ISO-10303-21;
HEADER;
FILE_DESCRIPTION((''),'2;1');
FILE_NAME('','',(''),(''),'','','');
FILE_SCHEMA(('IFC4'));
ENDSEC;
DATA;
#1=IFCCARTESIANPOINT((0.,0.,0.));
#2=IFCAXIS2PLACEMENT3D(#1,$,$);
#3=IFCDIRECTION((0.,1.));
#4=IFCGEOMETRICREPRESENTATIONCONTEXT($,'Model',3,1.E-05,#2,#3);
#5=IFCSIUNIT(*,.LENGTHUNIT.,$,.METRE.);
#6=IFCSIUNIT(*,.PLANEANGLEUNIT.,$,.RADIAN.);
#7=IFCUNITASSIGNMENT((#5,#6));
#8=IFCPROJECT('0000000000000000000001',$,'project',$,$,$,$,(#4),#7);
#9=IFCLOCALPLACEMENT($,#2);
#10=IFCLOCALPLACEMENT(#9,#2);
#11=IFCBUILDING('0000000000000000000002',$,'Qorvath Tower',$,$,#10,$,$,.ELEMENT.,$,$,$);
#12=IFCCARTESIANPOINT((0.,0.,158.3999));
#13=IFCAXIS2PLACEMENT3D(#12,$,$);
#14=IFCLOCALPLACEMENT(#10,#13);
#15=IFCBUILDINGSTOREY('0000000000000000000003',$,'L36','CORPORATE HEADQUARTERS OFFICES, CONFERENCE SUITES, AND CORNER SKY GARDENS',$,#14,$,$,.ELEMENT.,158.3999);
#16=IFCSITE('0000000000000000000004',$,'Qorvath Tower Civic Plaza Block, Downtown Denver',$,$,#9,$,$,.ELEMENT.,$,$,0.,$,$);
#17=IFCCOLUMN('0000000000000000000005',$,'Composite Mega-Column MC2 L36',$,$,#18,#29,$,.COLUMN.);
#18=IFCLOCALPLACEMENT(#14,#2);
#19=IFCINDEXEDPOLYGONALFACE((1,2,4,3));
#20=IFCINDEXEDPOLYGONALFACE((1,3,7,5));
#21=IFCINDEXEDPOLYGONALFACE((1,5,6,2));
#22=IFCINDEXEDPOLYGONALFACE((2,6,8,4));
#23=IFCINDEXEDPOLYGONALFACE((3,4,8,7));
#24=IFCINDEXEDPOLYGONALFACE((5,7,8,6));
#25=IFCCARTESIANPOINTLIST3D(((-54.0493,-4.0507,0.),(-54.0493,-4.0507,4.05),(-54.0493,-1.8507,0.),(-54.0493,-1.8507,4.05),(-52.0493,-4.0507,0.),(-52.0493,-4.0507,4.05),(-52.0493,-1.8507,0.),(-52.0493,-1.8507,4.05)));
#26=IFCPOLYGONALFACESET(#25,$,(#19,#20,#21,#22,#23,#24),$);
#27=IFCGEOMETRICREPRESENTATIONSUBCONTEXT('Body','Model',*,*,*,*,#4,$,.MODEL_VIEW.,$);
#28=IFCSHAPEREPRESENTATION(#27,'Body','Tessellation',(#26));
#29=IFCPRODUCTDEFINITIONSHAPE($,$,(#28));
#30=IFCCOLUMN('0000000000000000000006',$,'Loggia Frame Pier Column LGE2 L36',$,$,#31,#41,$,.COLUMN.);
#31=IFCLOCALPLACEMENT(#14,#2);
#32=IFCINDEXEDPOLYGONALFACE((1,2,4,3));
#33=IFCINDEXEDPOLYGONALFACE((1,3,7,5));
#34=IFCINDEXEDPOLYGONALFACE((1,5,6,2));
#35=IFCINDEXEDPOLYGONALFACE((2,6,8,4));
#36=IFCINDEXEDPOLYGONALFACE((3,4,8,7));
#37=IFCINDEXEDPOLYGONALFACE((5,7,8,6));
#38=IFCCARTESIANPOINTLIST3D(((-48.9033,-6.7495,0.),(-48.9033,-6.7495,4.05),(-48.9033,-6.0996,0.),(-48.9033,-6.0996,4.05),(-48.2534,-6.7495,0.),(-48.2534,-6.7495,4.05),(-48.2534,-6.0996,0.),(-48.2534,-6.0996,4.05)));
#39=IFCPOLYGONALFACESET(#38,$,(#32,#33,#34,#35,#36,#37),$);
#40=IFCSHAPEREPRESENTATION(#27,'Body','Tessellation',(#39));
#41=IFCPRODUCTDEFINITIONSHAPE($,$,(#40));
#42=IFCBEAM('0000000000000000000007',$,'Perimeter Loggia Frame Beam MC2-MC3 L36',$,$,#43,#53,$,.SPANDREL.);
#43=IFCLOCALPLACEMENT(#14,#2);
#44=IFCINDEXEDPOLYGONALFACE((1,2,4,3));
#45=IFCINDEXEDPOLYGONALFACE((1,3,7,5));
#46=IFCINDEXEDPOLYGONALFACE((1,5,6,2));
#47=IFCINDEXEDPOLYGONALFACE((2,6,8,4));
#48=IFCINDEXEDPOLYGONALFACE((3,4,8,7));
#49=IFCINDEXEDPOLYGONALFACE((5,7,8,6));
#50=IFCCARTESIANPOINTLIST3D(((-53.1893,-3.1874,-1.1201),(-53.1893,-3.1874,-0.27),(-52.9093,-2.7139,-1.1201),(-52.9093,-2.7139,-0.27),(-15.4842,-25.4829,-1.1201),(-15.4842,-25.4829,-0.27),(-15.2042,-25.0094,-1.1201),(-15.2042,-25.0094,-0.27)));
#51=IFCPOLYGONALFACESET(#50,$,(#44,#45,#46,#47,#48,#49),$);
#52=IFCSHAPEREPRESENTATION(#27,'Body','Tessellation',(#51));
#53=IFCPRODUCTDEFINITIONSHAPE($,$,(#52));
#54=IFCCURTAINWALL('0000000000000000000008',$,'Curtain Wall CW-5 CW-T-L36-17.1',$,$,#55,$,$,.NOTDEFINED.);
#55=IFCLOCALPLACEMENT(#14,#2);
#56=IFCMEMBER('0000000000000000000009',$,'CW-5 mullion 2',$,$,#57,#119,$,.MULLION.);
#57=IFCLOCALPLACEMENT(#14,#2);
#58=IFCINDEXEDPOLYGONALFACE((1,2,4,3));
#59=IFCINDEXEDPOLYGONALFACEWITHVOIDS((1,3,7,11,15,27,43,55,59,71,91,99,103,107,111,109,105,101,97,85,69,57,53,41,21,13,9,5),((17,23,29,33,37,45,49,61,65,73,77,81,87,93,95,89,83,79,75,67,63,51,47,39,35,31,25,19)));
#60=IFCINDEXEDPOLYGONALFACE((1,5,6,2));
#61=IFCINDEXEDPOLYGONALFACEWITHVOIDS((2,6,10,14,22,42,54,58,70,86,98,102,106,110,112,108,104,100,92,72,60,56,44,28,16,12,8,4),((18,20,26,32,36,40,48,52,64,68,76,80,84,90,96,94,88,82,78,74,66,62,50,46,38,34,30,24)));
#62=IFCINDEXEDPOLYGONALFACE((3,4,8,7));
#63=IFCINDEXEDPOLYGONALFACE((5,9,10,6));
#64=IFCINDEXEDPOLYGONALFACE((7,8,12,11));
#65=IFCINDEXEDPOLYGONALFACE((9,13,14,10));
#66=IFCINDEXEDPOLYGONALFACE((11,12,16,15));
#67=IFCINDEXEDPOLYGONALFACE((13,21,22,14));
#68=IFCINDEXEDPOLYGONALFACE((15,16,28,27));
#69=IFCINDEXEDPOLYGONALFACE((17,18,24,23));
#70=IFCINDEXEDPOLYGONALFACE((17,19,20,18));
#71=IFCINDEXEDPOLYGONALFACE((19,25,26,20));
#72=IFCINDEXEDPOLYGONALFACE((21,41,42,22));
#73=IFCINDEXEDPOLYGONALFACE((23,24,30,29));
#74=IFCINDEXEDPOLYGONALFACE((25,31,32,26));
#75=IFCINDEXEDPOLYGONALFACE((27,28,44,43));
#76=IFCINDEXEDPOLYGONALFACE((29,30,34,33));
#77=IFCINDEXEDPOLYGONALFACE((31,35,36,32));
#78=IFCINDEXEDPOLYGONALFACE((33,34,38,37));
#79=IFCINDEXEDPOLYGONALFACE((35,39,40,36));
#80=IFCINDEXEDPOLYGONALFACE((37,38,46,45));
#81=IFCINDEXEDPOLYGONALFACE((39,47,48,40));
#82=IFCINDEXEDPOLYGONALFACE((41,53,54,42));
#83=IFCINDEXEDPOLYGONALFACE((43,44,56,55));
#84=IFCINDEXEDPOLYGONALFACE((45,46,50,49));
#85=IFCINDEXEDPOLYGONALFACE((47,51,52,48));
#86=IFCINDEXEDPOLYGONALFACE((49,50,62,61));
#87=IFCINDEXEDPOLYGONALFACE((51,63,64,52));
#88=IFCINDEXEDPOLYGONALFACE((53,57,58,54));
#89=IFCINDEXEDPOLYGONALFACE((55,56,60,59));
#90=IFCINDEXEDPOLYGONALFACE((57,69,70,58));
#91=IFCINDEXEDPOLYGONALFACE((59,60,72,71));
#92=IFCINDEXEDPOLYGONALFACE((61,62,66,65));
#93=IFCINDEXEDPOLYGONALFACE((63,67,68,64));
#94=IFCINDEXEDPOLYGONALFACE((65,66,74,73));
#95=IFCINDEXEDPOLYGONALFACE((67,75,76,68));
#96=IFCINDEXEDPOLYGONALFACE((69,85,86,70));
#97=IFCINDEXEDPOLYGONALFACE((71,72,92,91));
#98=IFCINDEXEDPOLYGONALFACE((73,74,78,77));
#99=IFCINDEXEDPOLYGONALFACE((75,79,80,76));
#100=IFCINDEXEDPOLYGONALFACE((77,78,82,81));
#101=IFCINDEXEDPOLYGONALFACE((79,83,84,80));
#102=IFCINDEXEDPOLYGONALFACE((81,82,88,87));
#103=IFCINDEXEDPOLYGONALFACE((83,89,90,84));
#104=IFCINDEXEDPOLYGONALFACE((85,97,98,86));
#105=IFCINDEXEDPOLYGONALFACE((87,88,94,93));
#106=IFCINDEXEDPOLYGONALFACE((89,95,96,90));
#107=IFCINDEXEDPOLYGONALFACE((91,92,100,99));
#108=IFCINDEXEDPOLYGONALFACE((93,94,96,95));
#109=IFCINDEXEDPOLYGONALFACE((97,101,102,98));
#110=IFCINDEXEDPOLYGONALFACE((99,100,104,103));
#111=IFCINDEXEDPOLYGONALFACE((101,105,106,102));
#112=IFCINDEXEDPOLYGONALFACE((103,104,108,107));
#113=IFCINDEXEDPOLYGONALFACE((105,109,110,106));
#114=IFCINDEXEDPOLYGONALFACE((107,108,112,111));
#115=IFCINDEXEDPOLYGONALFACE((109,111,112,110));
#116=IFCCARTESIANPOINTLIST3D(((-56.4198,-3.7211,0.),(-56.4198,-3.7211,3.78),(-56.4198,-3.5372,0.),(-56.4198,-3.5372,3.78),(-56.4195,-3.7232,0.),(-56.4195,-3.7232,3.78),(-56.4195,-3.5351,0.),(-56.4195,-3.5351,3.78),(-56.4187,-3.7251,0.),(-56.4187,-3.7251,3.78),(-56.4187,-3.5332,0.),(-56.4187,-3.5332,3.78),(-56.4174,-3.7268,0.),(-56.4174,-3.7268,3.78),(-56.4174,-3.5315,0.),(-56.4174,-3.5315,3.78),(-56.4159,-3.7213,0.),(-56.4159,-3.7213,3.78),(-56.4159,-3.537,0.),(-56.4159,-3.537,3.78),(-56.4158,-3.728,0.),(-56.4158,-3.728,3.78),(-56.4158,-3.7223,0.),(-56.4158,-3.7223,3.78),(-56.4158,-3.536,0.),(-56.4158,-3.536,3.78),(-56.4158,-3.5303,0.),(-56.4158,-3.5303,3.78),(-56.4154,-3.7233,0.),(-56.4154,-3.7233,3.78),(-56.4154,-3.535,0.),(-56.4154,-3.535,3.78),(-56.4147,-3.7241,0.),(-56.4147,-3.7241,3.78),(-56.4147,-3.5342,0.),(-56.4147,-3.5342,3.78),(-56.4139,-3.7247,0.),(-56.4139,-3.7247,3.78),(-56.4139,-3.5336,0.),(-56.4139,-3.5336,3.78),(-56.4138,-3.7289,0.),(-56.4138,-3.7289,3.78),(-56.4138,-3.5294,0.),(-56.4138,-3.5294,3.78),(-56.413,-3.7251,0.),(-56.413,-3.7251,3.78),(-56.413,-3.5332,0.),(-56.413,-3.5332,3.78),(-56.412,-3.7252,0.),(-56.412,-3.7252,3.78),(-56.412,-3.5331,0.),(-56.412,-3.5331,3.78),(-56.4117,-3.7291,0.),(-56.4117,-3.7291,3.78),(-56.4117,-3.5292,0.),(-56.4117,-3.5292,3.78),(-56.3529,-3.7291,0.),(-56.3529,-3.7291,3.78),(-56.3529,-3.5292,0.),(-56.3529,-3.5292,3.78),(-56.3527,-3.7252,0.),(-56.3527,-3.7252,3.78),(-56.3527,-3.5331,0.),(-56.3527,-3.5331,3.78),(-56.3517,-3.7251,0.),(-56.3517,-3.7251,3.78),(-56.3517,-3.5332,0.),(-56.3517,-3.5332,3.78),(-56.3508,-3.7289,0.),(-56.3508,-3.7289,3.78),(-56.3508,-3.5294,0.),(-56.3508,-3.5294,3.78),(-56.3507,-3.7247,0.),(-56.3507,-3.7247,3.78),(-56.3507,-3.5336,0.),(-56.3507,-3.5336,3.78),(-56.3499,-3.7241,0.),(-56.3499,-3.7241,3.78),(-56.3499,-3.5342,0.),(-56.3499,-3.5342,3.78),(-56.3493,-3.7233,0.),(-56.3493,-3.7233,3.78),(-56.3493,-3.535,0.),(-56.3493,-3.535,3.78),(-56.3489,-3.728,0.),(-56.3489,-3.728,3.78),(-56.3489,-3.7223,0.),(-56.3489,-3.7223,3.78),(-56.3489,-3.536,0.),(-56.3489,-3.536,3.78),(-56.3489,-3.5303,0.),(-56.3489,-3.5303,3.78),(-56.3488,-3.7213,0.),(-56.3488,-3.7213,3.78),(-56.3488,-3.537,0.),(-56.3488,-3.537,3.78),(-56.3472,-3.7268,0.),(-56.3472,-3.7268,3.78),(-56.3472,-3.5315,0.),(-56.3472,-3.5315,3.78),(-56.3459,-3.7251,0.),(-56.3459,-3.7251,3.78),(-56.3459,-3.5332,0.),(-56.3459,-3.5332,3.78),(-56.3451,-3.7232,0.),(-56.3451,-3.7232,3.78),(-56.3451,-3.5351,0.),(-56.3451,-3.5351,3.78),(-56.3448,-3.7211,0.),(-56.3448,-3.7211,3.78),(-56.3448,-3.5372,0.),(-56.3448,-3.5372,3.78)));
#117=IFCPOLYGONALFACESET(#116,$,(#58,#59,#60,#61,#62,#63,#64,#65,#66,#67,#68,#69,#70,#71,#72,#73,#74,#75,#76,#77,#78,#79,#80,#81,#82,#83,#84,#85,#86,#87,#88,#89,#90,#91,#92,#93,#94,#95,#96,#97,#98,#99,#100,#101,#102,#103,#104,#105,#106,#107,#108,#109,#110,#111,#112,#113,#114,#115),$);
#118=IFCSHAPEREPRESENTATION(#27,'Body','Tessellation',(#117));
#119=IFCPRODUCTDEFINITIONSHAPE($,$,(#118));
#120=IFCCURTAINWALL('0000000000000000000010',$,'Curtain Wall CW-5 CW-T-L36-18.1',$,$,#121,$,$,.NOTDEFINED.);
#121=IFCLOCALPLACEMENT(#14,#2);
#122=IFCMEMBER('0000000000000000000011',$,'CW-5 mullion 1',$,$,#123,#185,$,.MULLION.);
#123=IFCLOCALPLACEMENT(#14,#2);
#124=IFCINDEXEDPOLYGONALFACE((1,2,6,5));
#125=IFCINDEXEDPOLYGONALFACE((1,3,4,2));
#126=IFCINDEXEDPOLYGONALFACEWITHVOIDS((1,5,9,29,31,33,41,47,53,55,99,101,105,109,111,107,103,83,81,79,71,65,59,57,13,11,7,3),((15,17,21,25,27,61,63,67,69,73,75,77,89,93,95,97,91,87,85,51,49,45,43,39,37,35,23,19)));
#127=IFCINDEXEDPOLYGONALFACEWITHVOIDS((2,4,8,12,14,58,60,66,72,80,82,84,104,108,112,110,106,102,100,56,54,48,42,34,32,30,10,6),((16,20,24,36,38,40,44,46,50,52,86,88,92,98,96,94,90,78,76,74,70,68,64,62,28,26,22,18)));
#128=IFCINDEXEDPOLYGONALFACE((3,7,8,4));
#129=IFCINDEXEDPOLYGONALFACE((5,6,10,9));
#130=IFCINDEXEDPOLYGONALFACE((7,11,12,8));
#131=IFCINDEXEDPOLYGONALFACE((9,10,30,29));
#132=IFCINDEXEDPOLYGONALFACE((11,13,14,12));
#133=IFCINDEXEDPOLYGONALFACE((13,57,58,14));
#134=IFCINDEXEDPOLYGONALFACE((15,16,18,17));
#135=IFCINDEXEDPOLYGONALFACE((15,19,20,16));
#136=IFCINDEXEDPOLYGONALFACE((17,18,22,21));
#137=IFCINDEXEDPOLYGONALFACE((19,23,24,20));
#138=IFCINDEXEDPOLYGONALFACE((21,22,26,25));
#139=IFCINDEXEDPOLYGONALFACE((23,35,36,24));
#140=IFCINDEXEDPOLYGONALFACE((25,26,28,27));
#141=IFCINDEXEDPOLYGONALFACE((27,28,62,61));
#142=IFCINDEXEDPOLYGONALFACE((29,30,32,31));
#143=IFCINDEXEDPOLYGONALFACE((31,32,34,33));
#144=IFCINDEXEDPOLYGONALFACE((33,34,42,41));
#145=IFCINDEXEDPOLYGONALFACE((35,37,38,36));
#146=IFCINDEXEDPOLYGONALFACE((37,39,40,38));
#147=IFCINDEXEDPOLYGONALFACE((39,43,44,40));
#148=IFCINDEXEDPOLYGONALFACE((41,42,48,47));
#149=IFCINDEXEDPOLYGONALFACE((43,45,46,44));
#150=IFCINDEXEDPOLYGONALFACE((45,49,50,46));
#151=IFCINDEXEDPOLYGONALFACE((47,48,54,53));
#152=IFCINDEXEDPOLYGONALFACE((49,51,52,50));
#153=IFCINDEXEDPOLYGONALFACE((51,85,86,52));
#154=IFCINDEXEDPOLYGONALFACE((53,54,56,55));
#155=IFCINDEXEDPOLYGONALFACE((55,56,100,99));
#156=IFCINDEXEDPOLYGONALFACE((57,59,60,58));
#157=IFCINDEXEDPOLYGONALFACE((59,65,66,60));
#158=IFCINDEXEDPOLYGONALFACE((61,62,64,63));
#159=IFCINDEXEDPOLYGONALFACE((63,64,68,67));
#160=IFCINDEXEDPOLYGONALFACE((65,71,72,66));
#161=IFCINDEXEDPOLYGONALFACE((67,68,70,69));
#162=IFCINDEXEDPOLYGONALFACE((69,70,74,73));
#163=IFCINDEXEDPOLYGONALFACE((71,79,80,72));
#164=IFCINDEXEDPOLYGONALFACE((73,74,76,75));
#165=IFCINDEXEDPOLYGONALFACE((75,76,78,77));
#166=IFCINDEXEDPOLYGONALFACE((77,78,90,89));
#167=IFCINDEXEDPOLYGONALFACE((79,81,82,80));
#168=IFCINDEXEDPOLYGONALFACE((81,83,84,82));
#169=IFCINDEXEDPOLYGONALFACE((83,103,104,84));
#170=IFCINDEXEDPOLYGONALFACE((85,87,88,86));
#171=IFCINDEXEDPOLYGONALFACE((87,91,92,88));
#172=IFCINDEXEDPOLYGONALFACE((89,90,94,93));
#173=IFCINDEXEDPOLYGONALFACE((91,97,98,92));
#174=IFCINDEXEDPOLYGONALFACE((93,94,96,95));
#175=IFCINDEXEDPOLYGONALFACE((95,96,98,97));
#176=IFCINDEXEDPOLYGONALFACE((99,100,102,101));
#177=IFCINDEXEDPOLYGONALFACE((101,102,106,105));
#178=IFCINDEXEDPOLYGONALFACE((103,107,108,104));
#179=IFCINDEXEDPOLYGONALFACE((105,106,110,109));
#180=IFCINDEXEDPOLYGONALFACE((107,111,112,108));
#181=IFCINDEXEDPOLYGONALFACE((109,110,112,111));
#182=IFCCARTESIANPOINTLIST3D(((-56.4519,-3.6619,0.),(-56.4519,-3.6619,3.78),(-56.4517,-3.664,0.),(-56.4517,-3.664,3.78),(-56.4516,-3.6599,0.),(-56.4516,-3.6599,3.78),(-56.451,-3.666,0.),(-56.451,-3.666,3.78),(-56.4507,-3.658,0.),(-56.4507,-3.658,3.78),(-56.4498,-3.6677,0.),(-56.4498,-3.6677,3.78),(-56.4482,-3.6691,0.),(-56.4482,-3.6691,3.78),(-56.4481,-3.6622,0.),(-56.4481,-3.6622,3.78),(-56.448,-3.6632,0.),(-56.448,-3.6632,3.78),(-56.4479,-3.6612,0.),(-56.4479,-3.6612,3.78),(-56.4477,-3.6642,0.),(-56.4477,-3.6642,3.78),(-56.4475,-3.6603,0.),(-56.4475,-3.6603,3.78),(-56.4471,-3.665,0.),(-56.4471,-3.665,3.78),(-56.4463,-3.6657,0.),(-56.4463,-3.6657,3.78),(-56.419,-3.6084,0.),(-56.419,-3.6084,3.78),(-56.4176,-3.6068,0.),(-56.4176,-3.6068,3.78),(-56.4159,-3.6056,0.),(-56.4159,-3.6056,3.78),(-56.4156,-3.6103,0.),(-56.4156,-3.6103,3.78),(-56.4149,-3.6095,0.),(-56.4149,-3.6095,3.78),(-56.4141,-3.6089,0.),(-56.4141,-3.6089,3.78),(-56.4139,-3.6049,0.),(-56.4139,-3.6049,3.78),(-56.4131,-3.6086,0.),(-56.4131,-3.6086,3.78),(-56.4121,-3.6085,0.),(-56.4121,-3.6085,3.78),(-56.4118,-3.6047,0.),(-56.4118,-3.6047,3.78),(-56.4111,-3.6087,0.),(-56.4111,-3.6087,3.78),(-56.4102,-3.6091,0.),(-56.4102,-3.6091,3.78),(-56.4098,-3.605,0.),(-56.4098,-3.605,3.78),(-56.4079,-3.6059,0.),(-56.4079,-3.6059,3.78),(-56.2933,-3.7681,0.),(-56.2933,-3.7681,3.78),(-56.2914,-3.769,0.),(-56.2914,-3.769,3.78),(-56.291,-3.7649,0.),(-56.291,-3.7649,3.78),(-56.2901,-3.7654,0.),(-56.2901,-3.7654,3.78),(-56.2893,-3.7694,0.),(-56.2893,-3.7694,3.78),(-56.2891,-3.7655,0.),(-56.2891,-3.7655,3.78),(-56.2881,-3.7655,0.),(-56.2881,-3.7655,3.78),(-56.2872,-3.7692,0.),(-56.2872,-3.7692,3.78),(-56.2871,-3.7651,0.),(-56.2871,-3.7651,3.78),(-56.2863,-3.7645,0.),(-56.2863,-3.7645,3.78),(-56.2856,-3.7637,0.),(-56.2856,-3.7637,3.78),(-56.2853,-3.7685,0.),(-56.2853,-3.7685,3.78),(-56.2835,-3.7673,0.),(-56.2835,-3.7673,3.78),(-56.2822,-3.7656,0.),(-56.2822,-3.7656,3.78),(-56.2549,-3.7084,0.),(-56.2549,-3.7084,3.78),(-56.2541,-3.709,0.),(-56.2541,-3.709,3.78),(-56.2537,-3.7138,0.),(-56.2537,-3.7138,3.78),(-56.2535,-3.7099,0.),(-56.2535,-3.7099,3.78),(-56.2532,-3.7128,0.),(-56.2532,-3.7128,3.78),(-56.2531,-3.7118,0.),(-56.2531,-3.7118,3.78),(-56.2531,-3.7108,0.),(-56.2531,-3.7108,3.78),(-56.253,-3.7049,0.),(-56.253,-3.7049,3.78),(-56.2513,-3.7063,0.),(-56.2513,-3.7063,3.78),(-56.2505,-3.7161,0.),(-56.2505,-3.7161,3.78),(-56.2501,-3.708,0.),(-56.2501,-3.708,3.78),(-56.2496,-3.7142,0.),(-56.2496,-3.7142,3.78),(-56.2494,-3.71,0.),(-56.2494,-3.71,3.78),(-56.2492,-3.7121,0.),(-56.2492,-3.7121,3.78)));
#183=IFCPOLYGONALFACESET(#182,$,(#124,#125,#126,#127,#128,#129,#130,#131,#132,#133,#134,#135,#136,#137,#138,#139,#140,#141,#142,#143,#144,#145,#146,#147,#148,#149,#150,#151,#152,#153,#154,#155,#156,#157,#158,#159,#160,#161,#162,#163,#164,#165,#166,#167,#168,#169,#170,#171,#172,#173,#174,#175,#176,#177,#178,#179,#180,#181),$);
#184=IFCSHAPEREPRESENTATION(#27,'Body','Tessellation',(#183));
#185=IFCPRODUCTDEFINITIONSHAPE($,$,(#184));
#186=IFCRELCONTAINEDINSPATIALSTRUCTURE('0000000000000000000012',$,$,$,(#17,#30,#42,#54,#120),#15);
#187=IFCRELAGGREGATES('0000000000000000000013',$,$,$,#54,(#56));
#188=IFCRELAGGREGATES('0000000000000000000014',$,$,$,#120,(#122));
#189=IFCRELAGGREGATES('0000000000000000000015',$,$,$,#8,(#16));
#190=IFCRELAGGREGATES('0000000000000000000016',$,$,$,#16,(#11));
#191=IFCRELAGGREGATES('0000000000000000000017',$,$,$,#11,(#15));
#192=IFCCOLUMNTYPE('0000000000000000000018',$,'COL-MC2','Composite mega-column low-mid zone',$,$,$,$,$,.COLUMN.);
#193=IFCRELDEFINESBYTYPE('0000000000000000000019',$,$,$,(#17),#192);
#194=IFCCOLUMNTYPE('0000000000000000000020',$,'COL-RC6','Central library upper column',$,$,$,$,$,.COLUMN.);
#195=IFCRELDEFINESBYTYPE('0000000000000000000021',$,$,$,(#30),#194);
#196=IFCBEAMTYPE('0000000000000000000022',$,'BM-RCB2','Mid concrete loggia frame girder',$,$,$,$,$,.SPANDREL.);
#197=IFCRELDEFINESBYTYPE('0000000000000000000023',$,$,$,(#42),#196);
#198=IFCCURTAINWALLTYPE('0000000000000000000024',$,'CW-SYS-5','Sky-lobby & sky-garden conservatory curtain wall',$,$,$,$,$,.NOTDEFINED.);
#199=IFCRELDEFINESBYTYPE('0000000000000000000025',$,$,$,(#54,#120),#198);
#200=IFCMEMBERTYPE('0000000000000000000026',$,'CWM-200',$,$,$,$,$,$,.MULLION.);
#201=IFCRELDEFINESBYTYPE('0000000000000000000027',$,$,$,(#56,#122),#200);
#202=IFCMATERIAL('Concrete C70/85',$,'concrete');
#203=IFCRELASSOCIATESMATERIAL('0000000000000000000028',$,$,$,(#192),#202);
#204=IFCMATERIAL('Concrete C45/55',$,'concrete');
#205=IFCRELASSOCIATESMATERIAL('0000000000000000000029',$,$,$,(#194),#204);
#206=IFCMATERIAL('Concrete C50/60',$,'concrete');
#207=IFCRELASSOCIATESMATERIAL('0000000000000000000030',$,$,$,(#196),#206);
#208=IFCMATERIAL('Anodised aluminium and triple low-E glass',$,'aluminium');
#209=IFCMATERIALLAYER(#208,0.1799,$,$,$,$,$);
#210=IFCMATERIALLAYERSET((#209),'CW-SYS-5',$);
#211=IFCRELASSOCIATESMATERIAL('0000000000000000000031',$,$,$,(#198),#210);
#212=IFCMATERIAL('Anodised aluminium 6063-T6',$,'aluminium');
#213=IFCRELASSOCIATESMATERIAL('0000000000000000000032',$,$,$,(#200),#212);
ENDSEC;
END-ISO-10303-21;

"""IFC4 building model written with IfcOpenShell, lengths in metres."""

from ifc_helpers import new_model, si_unit, direction, frame, origin, origin_2d, place, context, subcontext, project, spatial, rectangle, hollow_rectangle, extrude, material, layer, layer_set, material_profile, profile_set, type_object, element, aggregate, save


model = new_model("IFC4")

# Units and contexts
model_context = context("Model", 3, precision=1e-05, world=origin(), true_north=direction((0.0, 1.0)))
body_context = subcontext(model_context, "Body", "Model", "MODEL_VIEW")
ifc_project = project(units=[si_unit("LENGTHUNIT", "METRE"), si_unit("PLANEANGLEUNIT", "RADIAN")], contexts=[model_context])

# Site, building, storey
site_placement = place(None, origin())
site = spatial("IfcSite", under=ifc_project, at=site_placement, Name="Qorvath Tower Civic Plaza Block, Downtown Denver", CompositionType="ELEMENT", RefElevation=0.0)
building_placement = place(site_placement, origin())
building = spatial("IfcBuilding", under=site, at=building_placement, Name="Qorvath Tower", CompositionType="ELEMENT")
storey_placement = place(building_placement, frame((0.0, 0.0, 158.3999)))
storey = spatial("IfcBuildingStorey", under=building, at=storey_placement, Name="L36", Description="CORPORATE HEADQUARTERS OFFICES, CONFERENCE SUITES, AND CORNER SKY GARDENS", CompositionType="ELEMENT", Elevation=158.3999)

# Columns
ifc_material_1 = material(Name="Concrete C70/85", Category="concrete")
ifc_material_profile_1 = material_profile(ifc_material_1, rectangle(XDim=2.0, YDim=2.2, at=origin_2d()), Name="MC 2200x2000")
ifc_profile_set_1 = profile_set([ifc_material_profile_1], Name="Concrete C70/85")
column_type_1 = type_object("IfcColumnType", Name="COL-MC2", Description="Composite mega-column low-mid zone", PredefinedType="COLUMN", material=ifc_profile_set_1)
column_1_placement = place(storey_placement, frame((-53.0493, -2.9507, 0.0), z_axis=(0.0, 0.0, 1.0), x_axis=(1.0, 0.0, 0.0)))
element("IfcColumn", 1, at=column_1_placement, inside=storey, type_object=column_type_1, Name="Composite Mega-Column MC2 L36", PredefinedType="COLUMN", context=body_context, shape_type="SweptSolid", body=[
    extrude(rectangle(XDim=2.0, YDim=2.2, at=origin_2d()), origin(), (0.0, 0.0, 1.0), 4.05),
])
ifc_material_2 = material(Name="Concrete C45/55", Category="concrete")
ifc_material_profile_2 = material_profile(ifc_material_2, rectangle(XDim=0.6499, YDim=0.6499, at=origin_2d()), Name="RC 650x650")
ifc_profile_set_2 = profile_set([ifc_material_profile_2], Name="Concrete C45/55")
column_type_2 = type_object("IfcColumnType", Name="COL-RC6", Description="Central library upper column", PredefinedType="COLUMN", material=ifc_profile_set_2)
column_2_placement = place(storey_placement, frame((-48.5784, -6.4246, 0.0), z_axis=(0.0, 0.0, 1.0), x_axis=(1.0, 0.0, 0.0)))
element("IfcColumn", 2, at=column_2_placement, inside=storey, type_object=column_type_2, Name="Loggia Frame Pier Column LGE2 L36", PredefinedType="COLUMN", context=body_context, shape_type="SweptSolid", body=[
    extrude(rectangle(XDim=0.6499, YDim=0.6499, at=origin_2d()), origin(), (0.0, 0.0, 1.0), 4.05),
])

# Beam
ifc_material_3 = material(Name="Concrete C50/60", Category="concrete")
ifc_material_profile_3 = material_profile(ifc_material_3, rectangle(XDim=0.55, YDim=0.8501, at=origin_2d()), Name="RCB 850x550")
ifc_profile_set_3 = profile_set([ifc_material_profile_3], Name="Concrete C50/60")
beam_type = type_object("IfcBeamType", Name="BM-RCB2", Description="Mid concrete loggia frame girder", PredefinedType="SPANDREL", material=ifc_profile_set_3)
beam_placement = place(storey_placement, frame((-53.0493, -2.9507, -0.6951), z_axis=(0.860775, -0.508985, 0.0), x_axis=(0.508985, 0.860775, 0.0)))
element("IfcBeam", 3, at=beam_placement, inside=storey, type_object=beam_type, Name="Perimeter Loggia Frame Beam MC2-MC3 L36", PredefinedType="SPANDREL", context=body_context, shape_type="SweptSolid", body=[
    extrude(rectangle(XDim=0.55, YDim=0.8501, at=origin_2d()), origin(), (0.0, 0.0, 1.0), 43.8037),
])

# Curtain wall, member
ifc_material_4 = material(Name="Anodised aluminium and triple low-E glass", Category="aluminium")
ifc_layer_1 = layer(ifc_material_4, 0.1799)
ifc_layer_set_1 = layer_set([ifc_layer_1], Name="CW-SYS-5")
curtain_wall_type = type_object("IfcCurtainWallType", Name="CW-SYS-5", Description="Sky-lobby & sky-garden conservatory curtain wall", PredefinedType="NOTDEFINED", material=ifc_layer_set_1)
curtain_wall_1_placement = place(storey_placement, origin())
curtain_wall_1 = element("IfcCurtainWall", 4, at=curtain_wall_1_placement, inside=storey, type_object=curtain_wall_type, Name="Curtain Wall CW-5 CW-T-L36-17.1", PredefinedType="NOTDEFINED")
ifc_material_5 = material(Name="Anodised aluminium 6063-T6", Category="aluminium")
ifc_material_profile_4 = material_profile(ifc_material_5, hollow_rectangle(XDim=0.075, YDim=0.2, WallThickness=0.0039, InnerFilletRadius=0.0039, OuterFilletRadius=0.0081, at=origin_2d()), Name="CWM 200x75")
ifc_profile_set_4 = profile_set([ifc_material_profile_4], Name="Anodised aluminium 6063-T6")
member_type_1 = type_object("IfcMemberType", Name="CWM-200", PredefinedType="MULLION", material=ifc_profile_set_4)
member_1_placement = place(storey_placement, frame((-56.3823, -3.6292, 0.0), z_axis=(0.0, 0.0, 1.0), x_axis=(1.0, 0.0, 0.0)))
member_1 = element("IfcMember", 5, at=member_1_placement, type_object=member_type_1, Name="CW-5 mullion 2", PredefinedType="MULLION", context=body_context, shape_type="SweptSolid", body=[
    extrude(hollow_rectangle(XDim=0.075, YDim=0.2, WallThickness=0.0039, InnerFilletRadius=0.0039, OuterFilletRadius=0.0081, at=origin_2d()), origin(), (0.0, 0.0, 1.0), 3.78),
])

# Curtain wall, member
curtain_wall_2_placement = place(storey_placement, origin())
curtain_wall_2 = element("IfcCurtainWall", 6, at=curtain_wall_2_placement, inside=storey, type_object=curtain_wall_type, Name="Curtain Wall CW-5 CW-T-L36-18.1", PredefinedType="NOTDEFINED")
member_2_placement = place(storey_placement, frame((-56.3506, -3.687, 0.0), z_axis=(0.0, 0.0, 1.0), x_axis=(0.538539, 0.842601, 0.0)))
member_2 = element("IfcMember", 7, at=member_2_placement, type_object=member_type_1, Name="CW-5 mullion 1", PredefinedType="MULLION", context=body_context, shape_type="SweptSolid", body=[
    extrude(hollow_rectangle(XDim=0.075, YDim=0.2, WallThickness=0.0039, InnerFilletRadius=0.0039, OuterFilletRadius=0.0081, at=origin_2d()), origin(), (0.0, 0.0, 1.0), 3.78),
])

aggregate(curtain_wall_1, [member_1])
aggregate(curtain_wall_2, [member_2])

save(model, "model.ifc")
